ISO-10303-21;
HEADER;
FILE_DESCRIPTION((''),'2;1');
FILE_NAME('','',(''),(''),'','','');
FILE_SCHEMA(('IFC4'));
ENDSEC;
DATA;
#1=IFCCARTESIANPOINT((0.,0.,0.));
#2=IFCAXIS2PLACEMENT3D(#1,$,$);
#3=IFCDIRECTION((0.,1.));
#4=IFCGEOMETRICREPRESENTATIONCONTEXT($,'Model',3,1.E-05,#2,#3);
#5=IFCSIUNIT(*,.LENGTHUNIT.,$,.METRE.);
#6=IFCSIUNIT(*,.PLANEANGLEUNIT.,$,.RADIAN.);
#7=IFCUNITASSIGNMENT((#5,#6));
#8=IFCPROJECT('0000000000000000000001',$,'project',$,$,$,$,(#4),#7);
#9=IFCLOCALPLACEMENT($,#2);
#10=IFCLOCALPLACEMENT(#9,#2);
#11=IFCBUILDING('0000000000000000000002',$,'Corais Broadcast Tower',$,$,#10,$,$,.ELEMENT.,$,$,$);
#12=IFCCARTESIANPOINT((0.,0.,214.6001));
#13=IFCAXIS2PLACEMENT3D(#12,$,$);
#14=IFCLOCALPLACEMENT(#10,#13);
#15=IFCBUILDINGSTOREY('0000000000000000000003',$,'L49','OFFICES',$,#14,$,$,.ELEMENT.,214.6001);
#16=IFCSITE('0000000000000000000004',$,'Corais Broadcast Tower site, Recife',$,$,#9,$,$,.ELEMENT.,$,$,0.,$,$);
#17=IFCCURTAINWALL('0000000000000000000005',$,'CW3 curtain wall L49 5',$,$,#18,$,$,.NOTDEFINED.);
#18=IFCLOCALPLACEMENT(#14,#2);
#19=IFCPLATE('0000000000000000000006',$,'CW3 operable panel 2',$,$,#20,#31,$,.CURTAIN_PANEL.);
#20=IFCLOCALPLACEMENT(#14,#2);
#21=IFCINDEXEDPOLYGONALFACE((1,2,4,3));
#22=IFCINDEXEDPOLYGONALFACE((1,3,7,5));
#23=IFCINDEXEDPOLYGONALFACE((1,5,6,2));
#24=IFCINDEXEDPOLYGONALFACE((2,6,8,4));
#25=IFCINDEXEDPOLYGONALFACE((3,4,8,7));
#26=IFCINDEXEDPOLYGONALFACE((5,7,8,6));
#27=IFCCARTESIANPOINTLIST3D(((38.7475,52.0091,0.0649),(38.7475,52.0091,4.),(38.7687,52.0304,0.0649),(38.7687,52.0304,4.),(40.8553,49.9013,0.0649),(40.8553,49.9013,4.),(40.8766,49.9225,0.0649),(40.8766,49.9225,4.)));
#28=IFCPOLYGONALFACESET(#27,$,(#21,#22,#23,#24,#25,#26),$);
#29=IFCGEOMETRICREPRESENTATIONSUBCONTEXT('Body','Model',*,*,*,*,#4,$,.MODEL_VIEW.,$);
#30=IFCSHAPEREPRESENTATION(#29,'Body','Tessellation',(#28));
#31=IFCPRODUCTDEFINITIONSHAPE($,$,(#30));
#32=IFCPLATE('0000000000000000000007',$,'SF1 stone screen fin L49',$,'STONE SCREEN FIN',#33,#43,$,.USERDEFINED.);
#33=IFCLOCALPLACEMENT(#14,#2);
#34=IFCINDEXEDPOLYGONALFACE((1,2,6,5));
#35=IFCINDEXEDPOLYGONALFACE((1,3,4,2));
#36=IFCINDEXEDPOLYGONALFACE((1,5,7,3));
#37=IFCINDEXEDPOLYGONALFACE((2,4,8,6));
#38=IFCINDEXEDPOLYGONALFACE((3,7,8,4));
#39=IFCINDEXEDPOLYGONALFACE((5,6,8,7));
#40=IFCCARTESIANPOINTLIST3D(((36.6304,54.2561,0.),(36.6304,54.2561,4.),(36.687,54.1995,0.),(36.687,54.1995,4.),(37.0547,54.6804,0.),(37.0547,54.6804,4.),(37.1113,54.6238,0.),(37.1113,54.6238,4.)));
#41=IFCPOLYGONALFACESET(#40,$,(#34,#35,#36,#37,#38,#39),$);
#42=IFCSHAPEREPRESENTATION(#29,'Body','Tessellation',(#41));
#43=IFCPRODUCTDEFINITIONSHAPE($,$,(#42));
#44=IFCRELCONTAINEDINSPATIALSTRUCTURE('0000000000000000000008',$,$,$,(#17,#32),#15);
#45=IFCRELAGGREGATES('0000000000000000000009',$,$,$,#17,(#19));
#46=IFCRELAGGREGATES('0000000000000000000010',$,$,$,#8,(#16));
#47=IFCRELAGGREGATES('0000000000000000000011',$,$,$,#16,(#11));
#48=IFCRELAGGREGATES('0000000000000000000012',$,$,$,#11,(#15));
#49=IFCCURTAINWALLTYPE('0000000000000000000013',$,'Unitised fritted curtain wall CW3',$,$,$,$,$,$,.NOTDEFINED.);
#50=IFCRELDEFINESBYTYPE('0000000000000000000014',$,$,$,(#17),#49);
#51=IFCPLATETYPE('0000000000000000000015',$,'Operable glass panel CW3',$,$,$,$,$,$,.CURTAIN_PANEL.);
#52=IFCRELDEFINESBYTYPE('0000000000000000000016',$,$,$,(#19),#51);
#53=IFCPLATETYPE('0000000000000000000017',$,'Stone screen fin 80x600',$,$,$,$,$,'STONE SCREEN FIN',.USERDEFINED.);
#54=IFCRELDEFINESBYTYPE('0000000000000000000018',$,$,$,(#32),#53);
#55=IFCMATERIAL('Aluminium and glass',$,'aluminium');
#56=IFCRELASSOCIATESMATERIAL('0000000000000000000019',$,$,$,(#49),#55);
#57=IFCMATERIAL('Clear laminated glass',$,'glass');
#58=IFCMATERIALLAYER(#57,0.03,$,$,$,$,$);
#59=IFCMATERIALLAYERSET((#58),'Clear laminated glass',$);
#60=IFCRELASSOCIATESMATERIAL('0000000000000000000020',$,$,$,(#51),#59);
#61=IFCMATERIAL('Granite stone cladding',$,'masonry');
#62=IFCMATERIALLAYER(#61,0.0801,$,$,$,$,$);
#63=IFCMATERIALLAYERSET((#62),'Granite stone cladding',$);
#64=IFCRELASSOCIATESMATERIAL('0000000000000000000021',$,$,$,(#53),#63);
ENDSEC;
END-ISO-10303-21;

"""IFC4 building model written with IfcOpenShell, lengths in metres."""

from ifc_helpers import new_model, si_unit, direction, frame, origin, origin_2d, place, context, subcontext, project, spatial, rectangle, extrude, material, layer, layer_set, type_object, element, aggregate, save


model = new_model("IFC4")

# Units and contexts
model_context = context("Model", 3, precision=1e-05, world=origin(), true_north=direction((0.0, 1.0)))
body_context = subcontext(model_context, "Body", "Model", "MODEL_VIEW")
ifc_project = project(units=[si_unit("LENGTHUNIT", "METRE"), si_unit("PLANEANGLEUNIT", "RADIAN")], contexts=[model_context])

# Site, building, storey
site_placement = place(None, origin())
site = spatial("IfcSite", under=ifc_project, at=site_placement, Name="Corais Broadcast Tower site, Recife", CompositionType="ELEMENT", RefElevation=0.0)
building_placement = place(site_placement, origin())
building = spatial("IfcBuilding", under=site, at=building_placement, Name="Corais Broadcast Tower", CompositionType="ELEMENT")
storey_placement = place(building_placement, frame((0.0, 0.0, 214.6001)))
storey = spatial("IfcBuildingStorey", under=building, at=storey_placement, Name="L49", Description="OFFICES", CompositionType="ELEMENT", Elevation=214.6001)

# Curtain wall
ifc_material_1 = material(Name="Aluminium and glass", Category="aluminium")
curtain_wall_type = type_object("IfcCurtainWallType", Name="Unitised fritted curtain wall CW3", PredefinedType="NOTDEFINED", material=ifc_material_1)
curtain_wall_1_placement = place(storey_placement, origin())
curtain_wall_1 = element("IfcCurtainWall", 1, at=curtain_wall_1_placement, inside=storey, type_object=curtain_wall_type, Name="CW3 curtain wall L49 5", PredefinedType="NOTDEFINED")

# Plates
ifc_material_2 = material(Name="Clear laminated glass", Category="glass")
ifc_layer_1 = layer(ifc_material_2, 0.03)
ifc_layer_set_1 = layer_set([ifc_layer_1], Name="Clear laminated glass")
plate_type_1 = type_object("IfcPlateType", Name="Operable glass panel CW3", PredefinedType="CURTAIN_PANEL", material=ifc_layer_set_1)
plate_1_placement = place(storey_placement, frame((39.812, 50.9658, 0.0649), z_axis=(0.0, 0.0, 1.0), x_axis=(0.707107, -0.707107, 0.0)))
plate_1 = element("IfcPlate", 2, at=plate_1_placement, type_object=plate_type_1, Name="CW3 operable panel 2", PredefinedType="CURTAIN_PANEL", context=body_context, shape_type="SweptSolid", body=[
    extrude(rectangle(XDim=2.981, YDim=0.03, at=origin_2d()), origin(), (0.0, 0.0, 1.0), 3.9351),
])
aggregate(curtain_wall_1, [plate_1])
ifc_material_3 = material(Name="Granite stone cladding", Category="masonry")
ifc_layer_2 = layer(ifc_material_3, 0.0801)
ifc_layer_set_2 = layer_set([ifc_layer_2], Name="Granite stone cladding")
plate_type_2 = type_object("IfcPlateType", Name="Stone screen fin 80x600", ElementType="STONE SCREEN FIN", PredefinedType="USERDEFINED", material=ifc_layer_set_2)
plate_2_placement = place(storey_placement, frame((36.8708, 54.4399, 0.0), z_axis=(0.0, 0.0, 1.0), x_axis=(0.707107, -0.707107, 0.0)))
element("IfcPlate", 3, at=plate_2_placement, inside=storey, type_object=plate_type_2, Name="SF1 stone screen fin L49", ObjectType="STONE SCREEN FIN", PredefinedType="USERDEFINED", context=body_context, shape_type="SweptSolid", body=[
    extrude(rectangle(XDim=0.0801, YDim=0.6001, at=origin_2d()), origin(), (0.0, 0.0, 1.0), 4.0),
])

save(model, "model.ifc")
